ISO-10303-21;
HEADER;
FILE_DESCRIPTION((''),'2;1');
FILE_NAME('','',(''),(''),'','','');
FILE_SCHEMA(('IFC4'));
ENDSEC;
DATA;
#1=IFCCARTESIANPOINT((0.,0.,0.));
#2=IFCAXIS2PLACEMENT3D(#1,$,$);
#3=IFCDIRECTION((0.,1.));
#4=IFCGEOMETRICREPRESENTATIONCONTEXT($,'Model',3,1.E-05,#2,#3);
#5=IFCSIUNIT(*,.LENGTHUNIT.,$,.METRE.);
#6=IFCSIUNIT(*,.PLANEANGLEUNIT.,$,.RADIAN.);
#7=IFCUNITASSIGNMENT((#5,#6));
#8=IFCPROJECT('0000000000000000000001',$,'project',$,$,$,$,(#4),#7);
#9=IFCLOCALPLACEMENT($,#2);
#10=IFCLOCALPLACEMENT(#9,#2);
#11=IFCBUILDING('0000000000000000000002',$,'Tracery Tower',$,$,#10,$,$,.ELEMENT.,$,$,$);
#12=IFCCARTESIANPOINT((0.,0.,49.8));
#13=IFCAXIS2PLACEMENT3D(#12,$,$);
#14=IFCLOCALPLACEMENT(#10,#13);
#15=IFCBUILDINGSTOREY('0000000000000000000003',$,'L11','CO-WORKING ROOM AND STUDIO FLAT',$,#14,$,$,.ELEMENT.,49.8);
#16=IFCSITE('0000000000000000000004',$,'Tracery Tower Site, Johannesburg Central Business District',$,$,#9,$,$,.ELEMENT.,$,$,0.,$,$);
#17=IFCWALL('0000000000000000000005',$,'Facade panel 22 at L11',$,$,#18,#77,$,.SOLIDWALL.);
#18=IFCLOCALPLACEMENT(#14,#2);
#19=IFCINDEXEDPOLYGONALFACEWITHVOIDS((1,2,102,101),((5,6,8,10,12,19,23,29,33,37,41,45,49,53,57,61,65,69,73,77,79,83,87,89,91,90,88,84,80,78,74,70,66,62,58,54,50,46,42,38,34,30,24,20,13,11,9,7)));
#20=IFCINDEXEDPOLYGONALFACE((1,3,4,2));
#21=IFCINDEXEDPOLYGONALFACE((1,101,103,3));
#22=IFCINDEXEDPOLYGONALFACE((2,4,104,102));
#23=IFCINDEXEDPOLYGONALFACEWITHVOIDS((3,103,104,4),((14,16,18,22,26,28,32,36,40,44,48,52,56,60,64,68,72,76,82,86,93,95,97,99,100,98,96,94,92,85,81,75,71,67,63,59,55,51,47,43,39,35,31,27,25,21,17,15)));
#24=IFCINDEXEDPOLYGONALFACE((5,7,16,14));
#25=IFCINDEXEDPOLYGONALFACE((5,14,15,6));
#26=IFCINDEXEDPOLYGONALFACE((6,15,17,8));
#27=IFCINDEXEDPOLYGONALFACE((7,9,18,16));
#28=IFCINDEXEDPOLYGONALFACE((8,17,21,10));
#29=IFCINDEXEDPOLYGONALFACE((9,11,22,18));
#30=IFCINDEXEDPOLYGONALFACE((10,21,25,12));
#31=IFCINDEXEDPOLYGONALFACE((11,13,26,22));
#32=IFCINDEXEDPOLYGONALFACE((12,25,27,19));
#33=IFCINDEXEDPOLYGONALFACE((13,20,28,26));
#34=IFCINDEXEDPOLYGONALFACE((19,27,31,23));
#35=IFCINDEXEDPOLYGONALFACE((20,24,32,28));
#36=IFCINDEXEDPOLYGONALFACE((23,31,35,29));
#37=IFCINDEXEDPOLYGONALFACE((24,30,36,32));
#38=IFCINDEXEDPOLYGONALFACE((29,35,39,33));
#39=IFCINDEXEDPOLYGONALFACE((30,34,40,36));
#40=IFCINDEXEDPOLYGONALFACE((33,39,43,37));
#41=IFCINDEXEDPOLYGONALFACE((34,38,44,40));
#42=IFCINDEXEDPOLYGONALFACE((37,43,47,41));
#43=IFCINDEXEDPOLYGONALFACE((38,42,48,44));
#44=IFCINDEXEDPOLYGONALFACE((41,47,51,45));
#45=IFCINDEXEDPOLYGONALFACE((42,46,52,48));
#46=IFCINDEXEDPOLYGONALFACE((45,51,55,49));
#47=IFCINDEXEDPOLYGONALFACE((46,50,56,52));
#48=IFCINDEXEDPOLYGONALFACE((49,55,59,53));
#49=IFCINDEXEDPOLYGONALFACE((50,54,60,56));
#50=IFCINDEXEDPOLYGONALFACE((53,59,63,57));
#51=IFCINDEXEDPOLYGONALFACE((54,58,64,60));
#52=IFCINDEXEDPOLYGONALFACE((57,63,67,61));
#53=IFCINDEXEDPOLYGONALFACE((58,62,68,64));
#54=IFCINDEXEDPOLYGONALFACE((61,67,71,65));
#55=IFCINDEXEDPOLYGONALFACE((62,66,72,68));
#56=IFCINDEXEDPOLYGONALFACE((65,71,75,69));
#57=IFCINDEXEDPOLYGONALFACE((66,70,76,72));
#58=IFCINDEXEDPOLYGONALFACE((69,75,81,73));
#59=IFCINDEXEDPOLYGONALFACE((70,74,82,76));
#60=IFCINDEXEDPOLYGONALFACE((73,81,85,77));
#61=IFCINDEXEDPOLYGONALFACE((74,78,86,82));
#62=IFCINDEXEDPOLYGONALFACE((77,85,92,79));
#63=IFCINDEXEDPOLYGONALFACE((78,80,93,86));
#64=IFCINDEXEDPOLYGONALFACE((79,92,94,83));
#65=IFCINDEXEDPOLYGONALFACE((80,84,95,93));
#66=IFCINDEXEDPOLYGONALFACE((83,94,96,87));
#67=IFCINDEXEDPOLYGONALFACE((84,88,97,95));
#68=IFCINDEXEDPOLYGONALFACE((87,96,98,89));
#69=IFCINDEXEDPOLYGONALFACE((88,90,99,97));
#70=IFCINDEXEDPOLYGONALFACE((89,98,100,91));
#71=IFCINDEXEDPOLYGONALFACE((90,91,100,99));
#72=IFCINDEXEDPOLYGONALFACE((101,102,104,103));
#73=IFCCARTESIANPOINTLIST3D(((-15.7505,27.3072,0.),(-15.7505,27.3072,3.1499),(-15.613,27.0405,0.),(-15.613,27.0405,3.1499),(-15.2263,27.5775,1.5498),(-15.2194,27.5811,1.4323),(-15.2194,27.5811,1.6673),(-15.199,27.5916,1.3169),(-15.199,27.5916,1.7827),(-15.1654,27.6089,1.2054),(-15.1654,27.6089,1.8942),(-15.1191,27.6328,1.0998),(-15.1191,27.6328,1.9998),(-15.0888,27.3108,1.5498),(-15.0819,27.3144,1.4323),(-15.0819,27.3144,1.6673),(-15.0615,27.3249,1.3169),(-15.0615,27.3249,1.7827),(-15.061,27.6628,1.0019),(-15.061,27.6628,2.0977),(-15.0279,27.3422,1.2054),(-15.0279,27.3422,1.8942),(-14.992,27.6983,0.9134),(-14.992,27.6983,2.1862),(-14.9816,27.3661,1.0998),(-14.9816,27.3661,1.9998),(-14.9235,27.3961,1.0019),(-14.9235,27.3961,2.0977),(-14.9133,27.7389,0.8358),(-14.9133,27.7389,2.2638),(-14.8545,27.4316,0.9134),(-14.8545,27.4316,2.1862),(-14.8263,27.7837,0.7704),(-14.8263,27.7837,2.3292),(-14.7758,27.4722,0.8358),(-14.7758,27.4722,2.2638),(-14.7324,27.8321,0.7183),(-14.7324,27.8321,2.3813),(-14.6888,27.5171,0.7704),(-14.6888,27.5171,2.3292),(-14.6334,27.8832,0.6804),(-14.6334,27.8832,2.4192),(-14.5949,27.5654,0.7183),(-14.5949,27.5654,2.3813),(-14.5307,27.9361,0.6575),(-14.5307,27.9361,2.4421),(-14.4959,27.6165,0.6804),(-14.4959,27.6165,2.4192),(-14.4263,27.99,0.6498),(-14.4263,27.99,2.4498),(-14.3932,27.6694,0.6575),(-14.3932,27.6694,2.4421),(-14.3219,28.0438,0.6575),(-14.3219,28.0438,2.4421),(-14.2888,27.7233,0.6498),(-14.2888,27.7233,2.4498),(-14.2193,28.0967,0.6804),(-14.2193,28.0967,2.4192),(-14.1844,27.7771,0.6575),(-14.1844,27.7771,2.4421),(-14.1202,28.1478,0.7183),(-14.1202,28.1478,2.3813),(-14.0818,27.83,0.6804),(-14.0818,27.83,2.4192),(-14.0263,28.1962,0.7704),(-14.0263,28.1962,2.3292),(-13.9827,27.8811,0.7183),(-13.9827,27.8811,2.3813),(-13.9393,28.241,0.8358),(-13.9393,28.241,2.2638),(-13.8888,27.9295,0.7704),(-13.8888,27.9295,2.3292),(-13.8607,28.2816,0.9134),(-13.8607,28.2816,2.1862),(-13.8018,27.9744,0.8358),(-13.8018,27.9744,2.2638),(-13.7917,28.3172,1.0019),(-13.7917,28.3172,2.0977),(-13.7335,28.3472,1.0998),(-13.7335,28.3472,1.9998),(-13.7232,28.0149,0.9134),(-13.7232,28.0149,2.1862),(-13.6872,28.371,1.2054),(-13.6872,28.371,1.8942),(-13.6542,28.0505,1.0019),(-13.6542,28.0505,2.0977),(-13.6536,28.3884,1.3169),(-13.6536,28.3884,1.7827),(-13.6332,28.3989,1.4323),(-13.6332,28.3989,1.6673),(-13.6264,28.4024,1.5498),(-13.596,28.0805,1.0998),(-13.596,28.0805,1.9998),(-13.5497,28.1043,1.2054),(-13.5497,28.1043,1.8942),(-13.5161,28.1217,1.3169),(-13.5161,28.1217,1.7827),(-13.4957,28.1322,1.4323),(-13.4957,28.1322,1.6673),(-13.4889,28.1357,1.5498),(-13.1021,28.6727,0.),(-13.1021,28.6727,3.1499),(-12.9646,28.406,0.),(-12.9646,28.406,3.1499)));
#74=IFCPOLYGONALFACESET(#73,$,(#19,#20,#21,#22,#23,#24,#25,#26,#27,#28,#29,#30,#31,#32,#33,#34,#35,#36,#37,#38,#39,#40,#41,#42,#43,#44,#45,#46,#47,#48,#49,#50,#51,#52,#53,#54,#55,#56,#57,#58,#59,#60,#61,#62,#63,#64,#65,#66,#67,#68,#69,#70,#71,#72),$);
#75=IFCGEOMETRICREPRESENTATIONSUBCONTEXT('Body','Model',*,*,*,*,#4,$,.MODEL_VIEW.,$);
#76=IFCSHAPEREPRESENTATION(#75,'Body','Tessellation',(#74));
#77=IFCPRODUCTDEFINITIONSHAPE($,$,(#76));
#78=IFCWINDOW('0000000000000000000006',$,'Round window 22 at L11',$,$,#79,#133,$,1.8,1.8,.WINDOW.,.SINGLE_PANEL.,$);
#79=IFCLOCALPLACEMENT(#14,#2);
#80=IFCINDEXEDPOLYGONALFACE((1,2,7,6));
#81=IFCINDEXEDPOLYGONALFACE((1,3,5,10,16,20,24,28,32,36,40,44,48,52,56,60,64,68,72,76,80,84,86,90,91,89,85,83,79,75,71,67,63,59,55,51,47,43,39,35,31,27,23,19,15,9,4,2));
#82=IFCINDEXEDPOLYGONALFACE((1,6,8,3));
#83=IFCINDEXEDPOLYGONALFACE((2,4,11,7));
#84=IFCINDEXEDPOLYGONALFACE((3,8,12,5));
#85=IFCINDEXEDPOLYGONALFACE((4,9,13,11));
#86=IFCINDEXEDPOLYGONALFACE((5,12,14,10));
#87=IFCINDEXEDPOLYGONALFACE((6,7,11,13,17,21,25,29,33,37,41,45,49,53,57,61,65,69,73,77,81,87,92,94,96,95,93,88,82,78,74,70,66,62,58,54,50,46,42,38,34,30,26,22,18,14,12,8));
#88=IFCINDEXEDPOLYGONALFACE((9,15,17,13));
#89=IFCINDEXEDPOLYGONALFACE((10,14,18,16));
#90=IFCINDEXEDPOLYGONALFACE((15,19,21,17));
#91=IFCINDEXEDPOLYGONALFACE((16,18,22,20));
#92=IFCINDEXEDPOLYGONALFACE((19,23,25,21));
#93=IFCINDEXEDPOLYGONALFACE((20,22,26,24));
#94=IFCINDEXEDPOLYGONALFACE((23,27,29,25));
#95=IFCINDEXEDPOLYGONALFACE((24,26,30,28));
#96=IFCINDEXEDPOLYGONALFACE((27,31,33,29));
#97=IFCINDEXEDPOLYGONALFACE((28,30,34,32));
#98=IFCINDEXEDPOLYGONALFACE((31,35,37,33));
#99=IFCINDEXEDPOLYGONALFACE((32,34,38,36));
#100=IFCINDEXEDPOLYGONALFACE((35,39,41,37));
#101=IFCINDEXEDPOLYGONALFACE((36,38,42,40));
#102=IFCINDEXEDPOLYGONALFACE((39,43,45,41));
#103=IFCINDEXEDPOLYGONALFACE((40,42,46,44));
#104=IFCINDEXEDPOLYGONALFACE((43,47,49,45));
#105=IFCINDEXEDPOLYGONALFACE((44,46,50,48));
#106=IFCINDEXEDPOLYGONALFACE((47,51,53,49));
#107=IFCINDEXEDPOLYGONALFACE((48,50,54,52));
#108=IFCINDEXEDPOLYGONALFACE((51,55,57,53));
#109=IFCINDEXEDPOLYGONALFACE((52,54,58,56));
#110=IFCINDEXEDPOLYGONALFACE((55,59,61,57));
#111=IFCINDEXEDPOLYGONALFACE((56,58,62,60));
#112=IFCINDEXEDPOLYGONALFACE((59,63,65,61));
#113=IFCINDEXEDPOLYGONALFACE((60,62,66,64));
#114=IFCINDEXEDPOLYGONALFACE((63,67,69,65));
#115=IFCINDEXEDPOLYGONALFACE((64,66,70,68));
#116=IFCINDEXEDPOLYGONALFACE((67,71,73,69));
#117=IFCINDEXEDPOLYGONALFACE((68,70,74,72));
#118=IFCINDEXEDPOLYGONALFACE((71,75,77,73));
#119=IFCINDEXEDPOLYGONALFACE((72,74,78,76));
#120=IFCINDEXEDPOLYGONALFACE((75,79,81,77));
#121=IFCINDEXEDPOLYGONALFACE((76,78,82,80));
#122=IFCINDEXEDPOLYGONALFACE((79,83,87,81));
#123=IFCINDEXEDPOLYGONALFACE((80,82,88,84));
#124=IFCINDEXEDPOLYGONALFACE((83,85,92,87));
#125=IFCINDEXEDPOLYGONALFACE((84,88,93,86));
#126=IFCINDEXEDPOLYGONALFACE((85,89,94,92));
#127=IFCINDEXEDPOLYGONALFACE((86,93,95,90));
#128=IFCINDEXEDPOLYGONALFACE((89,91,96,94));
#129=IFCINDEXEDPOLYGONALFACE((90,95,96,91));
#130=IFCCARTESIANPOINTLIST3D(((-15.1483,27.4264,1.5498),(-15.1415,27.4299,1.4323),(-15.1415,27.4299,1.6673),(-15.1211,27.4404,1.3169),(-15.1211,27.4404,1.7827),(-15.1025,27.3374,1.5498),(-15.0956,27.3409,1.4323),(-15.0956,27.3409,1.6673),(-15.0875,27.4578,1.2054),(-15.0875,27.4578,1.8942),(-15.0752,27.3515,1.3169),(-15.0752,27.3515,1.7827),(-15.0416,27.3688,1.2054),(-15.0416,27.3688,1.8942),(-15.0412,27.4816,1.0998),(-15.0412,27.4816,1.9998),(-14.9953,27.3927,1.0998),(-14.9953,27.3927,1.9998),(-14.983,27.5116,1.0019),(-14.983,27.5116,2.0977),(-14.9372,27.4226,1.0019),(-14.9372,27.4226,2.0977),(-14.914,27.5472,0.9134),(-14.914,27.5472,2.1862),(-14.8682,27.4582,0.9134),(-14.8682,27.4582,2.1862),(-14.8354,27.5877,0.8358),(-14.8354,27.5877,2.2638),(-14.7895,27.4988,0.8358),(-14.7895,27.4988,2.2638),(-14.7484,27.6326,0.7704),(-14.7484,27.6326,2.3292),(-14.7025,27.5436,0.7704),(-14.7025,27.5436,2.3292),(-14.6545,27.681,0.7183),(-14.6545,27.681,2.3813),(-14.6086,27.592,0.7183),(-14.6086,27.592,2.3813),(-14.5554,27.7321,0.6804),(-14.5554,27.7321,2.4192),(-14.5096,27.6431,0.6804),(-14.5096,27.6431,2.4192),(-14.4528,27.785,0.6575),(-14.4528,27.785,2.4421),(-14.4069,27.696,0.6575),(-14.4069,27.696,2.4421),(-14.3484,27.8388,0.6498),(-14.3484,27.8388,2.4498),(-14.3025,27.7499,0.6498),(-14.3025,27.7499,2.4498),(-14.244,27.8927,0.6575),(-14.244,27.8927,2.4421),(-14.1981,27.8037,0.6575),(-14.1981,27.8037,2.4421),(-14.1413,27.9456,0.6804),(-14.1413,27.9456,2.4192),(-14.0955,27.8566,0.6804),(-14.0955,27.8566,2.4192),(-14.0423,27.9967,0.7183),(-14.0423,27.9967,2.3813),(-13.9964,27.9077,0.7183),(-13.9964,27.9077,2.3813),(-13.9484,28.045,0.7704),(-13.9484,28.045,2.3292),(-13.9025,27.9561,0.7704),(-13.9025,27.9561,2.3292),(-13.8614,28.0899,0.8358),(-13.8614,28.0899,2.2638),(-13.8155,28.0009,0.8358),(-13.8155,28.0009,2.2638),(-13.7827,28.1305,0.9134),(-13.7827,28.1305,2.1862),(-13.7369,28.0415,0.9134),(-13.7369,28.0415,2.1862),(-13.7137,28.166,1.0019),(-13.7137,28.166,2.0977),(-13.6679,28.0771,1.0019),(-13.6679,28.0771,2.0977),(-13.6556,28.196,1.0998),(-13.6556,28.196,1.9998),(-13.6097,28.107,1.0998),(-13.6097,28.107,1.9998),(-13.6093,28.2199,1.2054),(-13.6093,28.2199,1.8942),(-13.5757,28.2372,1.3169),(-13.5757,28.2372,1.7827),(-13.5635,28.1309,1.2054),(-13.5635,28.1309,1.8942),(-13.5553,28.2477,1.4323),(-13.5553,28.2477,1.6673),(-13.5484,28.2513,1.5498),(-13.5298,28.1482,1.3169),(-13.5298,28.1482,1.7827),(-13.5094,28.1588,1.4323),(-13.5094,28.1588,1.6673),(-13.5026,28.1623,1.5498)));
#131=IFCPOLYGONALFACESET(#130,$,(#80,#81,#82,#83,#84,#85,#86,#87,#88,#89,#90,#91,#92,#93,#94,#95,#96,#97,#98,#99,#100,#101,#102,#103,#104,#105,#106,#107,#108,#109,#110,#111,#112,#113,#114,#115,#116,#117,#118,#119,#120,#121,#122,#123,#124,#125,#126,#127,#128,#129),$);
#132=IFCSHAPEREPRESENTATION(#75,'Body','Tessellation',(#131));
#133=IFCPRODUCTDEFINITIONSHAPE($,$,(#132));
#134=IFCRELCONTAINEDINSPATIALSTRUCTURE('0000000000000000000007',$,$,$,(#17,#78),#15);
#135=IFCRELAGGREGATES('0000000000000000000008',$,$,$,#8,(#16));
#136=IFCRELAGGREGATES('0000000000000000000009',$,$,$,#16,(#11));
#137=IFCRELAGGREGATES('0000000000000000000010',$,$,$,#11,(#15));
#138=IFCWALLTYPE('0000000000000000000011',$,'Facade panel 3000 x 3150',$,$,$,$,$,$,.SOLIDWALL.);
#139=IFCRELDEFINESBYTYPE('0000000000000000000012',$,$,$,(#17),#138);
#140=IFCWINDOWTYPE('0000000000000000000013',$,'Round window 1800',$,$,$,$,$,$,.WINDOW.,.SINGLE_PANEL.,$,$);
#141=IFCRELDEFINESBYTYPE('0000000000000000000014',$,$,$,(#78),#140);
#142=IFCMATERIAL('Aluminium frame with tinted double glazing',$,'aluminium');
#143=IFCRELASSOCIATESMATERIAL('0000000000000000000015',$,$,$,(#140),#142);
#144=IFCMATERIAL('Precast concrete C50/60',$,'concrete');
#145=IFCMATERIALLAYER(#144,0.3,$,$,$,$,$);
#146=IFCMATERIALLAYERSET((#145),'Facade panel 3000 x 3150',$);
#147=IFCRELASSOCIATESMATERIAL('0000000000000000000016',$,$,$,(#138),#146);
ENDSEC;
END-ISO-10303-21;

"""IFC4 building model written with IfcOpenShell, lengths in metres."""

from ifc_helpers import new_model, si_unit, direction, frame, frame_2d, origin, origin_2d, place, context, subcontext, project, spatial, rectangle, circle, extrude, material, layer, layer_set, type_object, element, fill, save


model = new_model("IFC4")

# Units and contexts
model_context = context("Model", 3, precision=1e-05, world=origin(), true_north=direction((0.0, 1.0)))
body_context = subcontext(model_context, "Body", "Model", "MODEL_VIEW")
ifc_project = project(units=[si_unit("LENGTHUNIT", "METRE"), si_unit("PLANEANGLEUNIT", "RADIAN")], contexts=[model_context])

# Site, building, storey
site_placement = place(None, origin())
site = spatial("IfcSite", under=ifc_project, at=site_placement, Name="Tracery Tower Site, Johannesburg Central Business District", CompositionType="ELEMENT", RefElevation=0.0)
building_placement = place(site_placement, origin())
building = spatial("IfcBuilding", under=site, at=building_placement, Name="Tracery Tower", CompositionType="ELEMENT")
storey_placement = place(building_placement, frame((0.0, 0.0, 49.8)))
storey = spatial("IfcBuildingStorey", under=building, at=storey_placement, Name="L11", Description="CO-WORKING ROOM AND STUDIO FLAT", CompositionType="ELEMENT", Elevation=49.8)

# Wall, opening, window
ifc_material_1 = material(Name="Aluminium frame with tinted double glazing", Category="aluminium")
window_type = type_object("IfcWindowType", Name="Round window 1800", PartitioningType="SINGLE_PANEL", PredefinedType="WINDOW", material=ifc_material_1)
ifc_material_2 = material(Name="Precast concrete C50/60", Category="concrete")
ifc_layer_1 = layer(ifc_material_2, 0.3)
ifc_layer_set_1 = layer_set([ifc_layer_1], Name="Facade panel 3000 x 3150")
wall_type_1 = type_object("IfcWallType", Name="Facade panel 3000 x 3150", PredefinedType="SOLIDWALL", material=ifc_layer_set_1)
wall_1_placement = place(storey_placement, frame((-13.0334, 28.5393, 0.0), z_axis=(0.0, 0.0, 1.0), x_axis=(-0.88882, -0.458257, 0.0)))
wall_1 = element("IfcWall", 1, at=wall_1_placement, inside=storey, type_object=wall_type_1, Name="Facade panel 22 at L11", PredefinedType="SOLIDWALL", context=body_context, shape_type="SweptSolid", body=[
    extrude(rectangle(XDim=2.9797, YDim=0.3, at=frame_2d((1.4897, 0.0))), origin(), (0.0, 0.0, 1.0), 3.1499),
])
opening_1_placement = place(wall_1_placement, frame((1.4897, 0.0, 1.5498)))
opening_1 = element("IfcOpeningElement", 2, at=opening_1_placement, cuts=wall_1, PredefinedType="OPENING", context=body_context, shape_type="SweptSolid", body=[
    extrude(circle(Radius=0.9, at=origin_2d()), frame((0.0, 0.1599, 0.0), z_axis=(0.0, -1.0, 0.0), x_axis=(1.0, 0.0, 0.0)), (0.0, 0.0, 1.0), 0.3201),
])
window_1_placement = place(opening_1_placement, origin())
window_1 = element("IfcWindow", 3, at=window_1_placement, inside=storey, type_object=window_type, Name="Round window 22 at L11", OverallHeight=1.8, OverallWidth=1.8, PartitioningType="SINGLE_PANEL", PredefinedType="WINDOW", context=body_context, shape_type="SweptSolid", body=[
    extrude(circle(Radius=0.9, at=origin_2d()), frame((0.0, 0.1201, 0.0), z_axis=(0.0, -1.0, 0.0), x_axis=(1.0, 0.0, 0.0)), (0.0, 0.0, 1.0), 0.1001),
])
fill(opening_1, window_1)

save(model, "model.ifc")
